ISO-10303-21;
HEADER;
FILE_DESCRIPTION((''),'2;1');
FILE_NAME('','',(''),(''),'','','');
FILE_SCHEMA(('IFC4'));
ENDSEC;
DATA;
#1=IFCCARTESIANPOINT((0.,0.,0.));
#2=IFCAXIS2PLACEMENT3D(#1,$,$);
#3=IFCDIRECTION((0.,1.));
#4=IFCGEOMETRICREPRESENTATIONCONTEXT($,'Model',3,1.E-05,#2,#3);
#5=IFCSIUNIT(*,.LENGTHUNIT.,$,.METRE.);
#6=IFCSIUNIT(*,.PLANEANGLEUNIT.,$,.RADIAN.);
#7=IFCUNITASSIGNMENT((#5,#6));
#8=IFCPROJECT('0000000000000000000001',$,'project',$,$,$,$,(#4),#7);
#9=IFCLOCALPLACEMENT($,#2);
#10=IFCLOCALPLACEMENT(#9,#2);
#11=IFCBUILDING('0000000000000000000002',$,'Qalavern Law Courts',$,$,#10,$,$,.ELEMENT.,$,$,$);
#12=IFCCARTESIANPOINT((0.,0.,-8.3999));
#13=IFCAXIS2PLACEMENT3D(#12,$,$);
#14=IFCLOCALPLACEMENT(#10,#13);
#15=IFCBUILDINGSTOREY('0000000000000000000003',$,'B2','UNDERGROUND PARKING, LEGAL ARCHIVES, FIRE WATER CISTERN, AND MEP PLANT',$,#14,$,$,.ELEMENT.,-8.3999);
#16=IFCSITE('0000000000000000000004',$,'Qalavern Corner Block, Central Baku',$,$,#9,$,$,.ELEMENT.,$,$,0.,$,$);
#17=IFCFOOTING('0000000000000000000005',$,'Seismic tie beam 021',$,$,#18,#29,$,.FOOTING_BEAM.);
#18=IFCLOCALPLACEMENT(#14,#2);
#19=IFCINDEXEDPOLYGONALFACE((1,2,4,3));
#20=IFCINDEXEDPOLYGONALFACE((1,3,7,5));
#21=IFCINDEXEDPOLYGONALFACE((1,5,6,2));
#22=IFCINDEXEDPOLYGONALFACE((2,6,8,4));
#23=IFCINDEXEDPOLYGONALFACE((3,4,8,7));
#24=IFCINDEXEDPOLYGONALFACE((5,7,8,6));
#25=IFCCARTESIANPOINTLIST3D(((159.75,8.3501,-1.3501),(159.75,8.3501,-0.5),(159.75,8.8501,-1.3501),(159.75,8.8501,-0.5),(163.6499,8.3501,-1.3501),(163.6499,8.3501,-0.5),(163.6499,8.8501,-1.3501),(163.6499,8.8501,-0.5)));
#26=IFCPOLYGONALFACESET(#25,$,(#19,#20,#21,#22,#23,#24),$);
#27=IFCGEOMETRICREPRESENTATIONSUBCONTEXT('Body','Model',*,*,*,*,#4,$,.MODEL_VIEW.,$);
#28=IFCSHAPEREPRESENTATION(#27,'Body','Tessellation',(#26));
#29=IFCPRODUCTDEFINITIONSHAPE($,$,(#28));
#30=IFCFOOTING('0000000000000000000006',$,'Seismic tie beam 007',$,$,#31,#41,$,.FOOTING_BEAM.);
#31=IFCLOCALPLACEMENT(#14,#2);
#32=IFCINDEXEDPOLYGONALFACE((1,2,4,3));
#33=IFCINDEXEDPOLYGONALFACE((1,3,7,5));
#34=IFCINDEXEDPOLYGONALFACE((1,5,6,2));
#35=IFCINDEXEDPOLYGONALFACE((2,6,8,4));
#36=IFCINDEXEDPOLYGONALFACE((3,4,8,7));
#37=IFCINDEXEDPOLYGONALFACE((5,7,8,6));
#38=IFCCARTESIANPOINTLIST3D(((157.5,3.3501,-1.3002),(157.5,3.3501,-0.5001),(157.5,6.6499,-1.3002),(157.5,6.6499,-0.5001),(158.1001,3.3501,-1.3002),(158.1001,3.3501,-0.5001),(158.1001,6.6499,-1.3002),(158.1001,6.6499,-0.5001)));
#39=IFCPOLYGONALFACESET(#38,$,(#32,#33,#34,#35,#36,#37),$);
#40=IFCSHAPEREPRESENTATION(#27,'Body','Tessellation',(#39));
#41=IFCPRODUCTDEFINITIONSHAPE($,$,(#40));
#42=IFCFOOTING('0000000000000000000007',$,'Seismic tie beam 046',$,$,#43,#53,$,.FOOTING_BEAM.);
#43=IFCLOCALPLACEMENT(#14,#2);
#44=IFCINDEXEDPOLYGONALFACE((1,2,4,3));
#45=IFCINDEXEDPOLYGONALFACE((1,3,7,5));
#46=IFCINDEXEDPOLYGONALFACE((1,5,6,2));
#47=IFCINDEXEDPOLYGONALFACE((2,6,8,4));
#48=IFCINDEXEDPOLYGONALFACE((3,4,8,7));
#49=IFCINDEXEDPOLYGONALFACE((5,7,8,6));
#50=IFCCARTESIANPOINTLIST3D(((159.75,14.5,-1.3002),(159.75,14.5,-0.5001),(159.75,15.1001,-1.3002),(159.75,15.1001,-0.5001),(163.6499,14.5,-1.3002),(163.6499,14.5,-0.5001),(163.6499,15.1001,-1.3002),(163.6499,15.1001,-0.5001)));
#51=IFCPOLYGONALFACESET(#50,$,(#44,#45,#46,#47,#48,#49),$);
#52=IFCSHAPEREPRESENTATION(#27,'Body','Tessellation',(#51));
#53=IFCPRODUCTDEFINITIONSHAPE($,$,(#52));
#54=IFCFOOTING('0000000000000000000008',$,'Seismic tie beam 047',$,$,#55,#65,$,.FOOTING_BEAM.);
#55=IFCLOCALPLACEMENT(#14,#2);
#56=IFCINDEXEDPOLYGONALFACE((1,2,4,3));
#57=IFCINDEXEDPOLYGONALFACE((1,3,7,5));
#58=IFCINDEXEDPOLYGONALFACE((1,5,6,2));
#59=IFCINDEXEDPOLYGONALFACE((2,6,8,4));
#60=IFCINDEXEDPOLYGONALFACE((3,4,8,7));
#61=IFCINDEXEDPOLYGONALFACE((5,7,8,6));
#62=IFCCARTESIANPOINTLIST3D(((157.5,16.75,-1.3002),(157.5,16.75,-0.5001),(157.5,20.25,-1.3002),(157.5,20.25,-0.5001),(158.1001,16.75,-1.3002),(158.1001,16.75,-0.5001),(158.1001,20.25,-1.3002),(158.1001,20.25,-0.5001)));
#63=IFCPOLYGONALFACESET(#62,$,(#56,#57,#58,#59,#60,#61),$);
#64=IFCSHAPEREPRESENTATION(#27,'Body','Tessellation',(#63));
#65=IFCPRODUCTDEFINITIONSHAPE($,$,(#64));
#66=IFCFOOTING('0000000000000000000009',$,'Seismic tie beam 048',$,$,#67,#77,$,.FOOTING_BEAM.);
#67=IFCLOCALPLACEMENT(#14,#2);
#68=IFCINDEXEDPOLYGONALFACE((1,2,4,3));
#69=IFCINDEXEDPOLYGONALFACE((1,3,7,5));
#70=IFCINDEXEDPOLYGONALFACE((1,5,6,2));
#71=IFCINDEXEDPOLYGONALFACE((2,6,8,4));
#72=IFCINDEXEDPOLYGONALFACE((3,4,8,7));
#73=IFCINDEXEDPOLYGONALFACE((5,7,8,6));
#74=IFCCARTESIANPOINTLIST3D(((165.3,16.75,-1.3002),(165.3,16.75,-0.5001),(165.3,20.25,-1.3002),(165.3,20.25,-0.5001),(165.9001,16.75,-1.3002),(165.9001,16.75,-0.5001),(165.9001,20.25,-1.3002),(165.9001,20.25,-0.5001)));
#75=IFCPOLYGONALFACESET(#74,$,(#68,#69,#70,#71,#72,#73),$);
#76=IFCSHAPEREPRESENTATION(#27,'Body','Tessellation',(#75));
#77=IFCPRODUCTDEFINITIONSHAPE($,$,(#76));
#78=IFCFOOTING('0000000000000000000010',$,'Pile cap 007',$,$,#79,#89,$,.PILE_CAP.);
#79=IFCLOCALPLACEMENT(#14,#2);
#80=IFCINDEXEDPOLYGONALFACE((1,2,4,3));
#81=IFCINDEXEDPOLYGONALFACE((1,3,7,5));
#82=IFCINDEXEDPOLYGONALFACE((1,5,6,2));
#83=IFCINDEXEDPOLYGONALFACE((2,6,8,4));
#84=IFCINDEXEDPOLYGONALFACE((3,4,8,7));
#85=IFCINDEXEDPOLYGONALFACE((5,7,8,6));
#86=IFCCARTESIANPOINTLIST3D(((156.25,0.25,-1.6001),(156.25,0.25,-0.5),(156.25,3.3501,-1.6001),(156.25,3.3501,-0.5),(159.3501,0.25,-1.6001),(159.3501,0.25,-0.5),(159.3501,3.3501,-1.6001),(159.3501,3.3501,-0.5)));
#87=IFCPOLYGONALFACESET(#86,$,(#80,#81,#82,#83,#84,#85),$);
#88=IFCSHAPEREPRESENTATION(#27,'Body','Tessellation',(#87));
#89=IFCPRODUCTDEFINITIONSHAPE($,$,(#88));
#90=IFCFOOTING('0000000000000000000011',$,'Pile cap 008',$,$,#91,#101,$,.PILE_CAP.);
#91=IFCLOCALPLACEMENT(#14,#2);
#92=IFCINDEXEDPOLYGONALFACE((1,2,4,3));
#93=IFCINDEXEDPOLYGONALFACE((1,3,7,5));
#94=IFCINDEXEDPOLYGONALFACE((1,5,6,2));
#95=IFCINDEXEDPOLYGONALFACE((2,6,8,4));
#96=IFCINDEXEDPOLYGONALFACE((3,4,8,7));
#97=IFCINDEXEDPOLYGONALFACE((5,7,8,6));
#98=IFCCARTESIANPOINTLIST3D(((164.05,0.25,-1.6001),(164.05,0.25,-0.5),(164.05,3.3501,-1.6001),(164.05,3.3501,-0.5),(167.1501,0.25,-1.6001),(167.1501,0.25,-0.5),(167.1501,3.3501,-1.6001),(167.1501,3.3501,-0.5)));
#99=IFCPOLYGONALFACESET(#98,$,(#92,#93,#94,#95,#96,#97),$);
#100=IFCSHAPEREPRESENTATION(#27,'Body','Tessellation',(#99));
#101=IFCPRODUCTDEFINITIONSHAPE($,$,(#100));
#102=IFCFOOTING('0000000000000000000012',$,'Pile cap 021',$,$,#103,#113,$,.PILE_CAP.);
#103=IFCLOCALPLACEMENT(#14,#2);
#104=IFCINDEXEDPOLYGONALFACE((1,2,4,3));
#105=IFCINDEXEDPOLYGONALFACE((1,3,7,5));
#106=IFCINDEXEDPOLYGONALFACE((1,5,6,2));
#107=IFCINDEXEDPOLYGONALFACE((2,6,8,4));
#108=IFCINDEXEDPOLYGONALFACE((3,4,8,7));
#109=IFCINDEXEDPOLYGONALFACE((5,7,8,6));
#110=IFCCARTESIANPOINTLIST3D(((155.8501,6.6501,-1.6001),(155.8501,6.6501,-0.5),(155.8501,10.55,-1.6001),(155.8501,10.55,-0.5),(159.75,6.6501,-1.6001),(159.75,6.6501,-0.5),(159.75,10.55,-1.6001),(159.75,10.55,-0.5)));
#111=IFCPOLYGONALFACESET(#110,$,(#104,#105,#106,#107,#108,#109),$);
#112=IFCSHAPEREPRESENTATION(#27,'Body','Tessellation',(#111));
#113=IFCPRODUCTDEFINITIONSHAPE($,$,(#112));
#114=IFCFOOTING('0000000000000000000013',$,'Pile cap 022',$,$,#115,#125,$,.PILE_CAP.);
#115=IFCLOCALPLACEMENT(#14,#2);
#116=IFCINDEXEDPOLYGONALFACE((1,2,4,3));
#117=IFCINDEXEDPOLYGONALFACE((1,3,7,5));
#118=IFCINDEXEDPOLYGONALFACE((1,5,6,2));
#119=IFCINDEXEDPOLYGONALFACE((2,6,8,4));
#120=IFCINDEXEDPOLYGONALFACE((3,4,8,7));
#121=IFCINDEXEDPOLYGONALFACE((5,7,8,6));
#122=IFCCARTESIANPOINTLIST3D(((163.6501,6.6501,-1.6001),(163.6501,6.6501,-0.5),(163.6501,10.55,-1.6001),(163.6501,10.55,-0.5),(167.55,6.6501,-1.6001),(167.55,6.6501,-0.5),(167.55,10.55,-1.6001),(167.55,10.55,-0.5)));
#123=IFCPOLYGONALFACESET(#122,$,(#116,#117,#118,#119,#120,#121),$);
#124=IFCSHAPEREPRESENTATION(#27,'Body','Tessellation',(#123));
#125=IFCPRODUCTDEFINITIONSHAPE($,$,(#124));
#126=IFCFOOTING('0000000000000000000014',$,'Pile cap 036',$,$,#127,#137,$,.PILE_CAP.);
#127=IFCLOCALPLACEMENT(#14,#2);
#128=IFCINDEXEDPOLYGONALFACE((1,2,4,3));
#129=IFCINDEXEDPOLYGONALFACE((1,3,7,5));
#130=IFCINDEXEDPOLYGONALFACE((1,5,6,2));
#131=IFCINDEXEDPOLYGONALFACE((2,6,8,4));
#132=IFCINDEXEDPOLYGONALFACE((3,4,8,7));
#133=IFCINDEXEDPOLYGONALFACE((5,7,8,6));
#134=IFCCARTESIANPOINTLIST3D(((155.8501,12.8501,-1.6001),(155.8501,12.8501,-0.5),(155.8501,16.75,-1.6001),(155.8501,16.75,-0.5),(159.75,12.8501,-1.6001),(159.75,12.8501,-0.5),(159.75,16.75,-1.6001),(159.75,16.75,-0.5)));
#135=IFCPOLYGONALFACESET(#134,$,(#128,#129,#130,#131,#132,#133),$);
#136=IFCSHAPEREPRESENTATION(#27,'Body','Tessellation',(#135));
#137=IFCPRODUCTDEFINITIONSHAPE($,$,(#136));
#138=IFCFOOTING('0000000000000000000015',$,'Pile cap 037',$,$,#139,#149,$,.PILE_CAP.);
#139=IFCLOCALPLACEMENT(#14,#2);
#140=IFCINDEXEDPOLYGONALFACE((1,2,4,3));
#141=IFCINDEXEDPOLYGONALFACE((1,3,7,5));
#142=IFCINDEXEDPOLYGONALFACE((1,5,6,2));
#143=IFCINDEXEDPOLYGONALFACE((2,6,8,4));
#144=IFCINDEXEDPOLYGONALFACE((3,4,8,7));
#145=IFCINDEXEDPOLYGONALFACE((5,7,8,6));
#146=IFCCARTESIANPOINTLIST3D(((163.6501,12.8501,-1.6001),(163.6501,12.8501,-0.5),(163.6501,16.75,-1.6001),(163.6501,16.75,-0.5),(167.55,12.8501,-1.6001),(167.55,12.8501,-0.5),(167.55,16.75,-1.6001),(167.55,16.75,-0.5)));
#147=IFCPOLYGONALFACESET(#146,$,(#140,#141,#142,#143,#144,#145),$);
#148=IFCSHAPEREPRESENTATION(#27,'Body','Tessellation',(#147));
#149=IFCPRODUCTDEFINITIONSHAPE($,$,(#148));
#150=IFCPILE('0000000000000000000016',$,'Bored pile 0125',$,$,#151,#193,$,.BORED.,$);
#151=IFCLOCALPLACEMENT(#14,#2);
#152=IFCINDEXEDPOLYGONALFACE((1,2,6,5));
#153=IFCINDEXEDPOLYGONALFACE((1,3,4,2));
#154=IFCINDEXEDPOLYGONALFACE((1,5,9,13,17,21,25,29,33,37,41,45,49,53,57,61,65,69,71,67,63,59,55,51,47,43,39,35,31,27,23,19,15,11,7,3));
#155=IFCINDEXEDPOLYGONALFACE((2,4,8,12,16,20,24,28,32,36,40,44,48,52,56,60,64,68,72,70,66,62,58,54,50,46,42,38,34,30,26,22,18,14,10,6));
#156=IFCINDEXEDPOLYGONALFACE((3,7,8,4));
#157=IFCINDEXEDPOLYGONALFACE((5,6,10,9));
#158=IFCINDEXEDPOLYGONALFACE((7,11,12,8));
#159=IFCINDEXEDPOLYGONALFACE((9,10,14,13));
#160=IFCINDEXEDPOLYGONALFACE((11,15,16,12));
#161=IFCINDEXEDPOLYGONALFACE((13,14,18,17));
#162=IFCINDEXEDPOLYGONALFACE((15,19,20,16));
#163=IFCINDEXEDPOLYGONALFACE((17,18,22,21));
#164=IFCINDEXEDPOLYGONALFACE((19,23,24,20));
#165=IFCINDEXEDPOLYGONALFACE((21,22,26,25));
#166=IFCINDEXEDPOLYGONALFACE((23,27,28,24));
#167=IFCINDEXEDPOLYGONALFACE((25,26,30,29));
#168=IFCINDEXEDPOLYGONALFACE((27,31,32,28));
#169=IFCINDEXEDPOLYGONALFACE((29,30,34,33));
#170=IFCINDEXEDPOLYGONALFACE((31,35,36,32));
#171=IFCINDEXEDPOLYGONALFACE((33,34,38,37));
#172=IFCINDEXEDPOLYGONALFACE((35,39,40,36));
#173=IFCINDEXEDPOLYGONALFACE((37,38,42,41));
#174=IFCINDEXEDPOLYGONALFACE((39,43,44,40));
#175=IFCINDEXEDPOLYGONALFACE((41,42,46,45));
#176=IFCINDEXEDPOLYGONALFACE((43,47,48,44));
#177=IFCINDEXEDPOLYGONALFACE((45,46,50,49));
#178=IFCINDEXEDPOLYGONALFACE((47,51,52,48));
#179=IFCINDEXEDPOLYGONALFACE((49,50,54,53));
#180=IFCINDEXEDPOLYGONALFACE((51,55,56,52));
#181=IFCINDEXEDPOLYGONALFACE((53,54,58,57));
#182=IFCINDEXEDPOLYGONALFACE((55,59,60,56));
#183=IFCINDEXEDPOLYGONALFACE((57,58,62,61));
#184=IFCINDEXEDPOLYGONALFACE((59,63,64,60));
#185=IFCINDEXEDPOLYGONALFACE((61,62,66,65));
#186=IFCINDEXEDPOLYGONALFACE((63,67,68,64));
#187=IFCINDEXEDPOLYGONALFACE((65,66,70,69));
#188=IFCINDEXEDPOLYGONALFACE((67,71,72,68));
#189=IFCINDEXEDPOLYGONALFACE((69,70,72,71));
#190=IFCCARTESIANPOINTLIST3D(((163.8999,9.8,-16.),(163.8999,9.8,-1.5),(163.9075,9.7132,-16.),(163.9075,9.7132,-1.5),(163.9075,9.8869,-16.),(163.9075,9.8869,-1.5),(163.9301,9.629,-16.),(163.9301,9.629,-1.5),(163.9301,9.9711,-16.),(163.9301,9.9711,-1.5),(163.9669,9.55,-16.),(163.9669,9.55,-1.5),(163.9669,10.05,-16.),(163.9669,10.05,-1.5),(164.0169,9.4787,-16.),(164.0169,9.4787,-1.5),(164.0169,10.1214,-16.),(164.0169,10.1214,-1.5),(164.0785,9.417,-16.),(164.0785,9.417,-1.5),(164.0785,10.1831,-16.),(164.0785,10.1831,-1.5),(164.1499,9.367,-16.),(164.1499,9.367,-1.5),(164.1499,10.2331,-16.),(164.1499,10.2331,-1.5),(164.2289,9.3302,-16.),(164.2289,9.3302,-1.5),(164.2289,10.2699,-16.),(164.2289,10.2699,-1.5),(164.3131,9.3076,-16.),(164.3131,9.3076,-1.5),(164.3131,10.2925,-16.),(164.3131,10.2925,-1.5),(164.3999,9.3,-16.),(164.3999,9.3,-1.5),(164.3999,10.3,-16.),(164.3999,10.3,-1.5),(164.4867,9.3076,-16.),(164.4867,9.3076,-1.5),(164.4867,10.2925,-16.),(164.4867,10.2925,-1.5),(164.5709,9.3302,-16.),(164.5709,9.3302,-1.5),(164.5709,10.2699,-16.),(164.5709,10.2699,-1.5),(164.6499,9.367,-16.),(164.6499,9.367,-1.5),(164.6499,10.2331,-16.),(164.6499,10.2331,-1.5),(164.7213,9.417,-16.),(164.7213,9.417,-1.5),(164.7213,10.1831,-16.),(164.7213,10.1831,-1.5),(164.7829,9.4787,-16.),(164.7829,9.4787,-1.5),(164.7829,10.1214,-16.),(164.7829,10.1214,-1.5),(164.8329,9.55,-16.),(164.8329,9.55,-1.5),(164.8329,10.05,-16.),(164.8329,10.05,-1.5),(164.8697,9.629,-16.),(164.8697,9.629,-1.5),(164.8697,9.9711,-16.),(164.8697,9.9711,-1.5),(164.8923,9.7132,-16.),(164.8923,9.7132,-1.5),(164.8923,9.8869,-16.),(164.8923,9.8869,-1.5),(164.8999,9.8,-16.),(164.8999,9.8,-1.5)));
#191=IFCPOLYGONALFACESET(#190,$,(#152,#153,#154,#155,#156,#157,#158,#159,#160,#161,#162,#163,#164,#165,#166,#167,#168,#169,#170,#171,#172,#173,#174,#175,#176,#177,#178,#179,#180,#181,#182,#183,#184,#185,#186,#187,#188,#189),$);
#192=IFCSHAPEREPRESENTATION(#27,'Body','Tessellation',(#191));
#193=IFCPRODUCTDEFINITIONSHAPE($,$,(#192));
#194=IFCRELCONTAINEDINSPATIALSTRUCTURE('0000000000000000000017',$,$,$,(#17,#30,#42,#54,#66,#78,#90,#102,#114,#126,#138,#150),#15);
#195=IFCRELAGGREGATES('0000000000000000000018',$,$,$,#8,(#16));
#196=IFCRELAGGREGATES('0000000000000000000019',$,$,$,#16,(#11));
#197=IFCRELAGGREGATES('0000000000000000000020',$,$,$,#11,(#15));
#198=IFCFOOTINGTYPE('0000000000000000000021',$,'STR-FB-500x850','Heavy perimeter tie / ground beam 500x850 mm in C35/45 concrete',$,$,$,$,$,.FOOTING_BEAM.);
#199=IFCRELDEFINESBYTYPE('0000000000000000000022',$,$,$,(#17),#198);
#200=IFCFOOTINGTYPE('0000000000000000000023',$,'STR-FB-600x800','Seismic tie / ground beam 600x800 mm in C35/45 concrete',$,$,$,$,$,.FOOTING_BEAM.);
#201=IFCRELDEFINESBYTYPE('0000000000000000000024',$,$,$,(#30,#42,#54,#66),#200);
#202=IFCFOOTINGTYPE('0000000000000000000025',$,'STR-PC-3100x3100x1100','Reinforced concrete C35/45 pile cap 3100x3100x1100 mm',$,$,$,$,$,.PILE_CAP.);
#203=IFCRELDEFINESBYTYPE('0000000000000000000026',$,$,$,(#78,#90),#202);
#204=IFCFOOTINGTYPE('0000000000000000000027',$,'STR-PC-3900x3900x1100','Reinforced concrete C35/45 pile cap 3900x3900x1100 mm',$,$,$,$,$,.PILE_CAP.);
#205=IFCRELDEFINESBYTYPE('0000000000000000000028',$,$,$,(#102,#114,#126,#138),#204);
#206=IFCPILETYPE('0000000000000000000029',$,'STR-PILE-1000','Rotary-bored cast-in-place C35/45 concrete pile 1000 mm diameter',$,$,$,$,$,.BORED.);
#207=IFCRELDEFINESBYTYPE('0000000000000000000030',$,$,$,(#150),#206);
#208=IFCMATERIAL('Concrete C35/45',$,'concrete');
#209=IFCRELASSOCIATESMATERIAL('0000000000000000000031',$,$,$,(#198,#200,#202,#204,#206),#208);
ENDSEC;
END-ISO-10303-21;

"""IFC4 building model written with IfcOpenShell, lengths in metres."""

from ifc_helpers import new_model, si_unit, direction, frame, origin, origin_2d, place, context, subcontext, project, spatial, rectangle, circle, extrude, material, material_profile, profile_set, type_object, element, save


model = new_model("IFC4")

# Units and contexts
model_context = context("Model", 3, precision=1e-05, world=origin(), true_north=direction((0.0, 1.0)))
body_context = subcontext(model_context, "Body", "Model", "MODEL_VIEW")
ifc_project = project(units=[si_unit("LENGTHUNIT", "METRE"), si_unit("PLANEANGLEUNIT", "RADIAN")], contexts=[model_context])

# Site, building, storey
site_placement = place(None, origin())
site = spatial("IfcSite", under=ifc_project, at=site_placement, Name="Qalavern Corner Block, Central Baku", CompositionType="ELEMENT", RefElevation=0.0)
building_placement = place(site_placement, origin())
building = spatial("IfcBuilding", under=site, at=building_placement, Name="Qalavern Law Courts", CompositionType="ELEMENT")
storey_placement = place(building_placement, frame((0.0, 0.0, -8.3999)))
storey = spatial("IfcBuildingStorey", under=building, at=storey_placement, Name="B2", Description="UNDERGROUND PARKING, LEGAL ARCHIVES, FIRE WATER CISTERN, AND MEP PLANT", CompositionType="ELEMENT", Elevation=-8.3999)

# Footings
ifc_material_1 = material(Name="Concrete C35/45", Category="concrete")
ifc_material_profile_1 = material_profile(ifc_material_1, rectangle(XDim=0.5, YDim=0.8501, at=origin_2d()), Name="RC 500x850")
ifc_profile_set_1 = profile_set([ifc_material_profile_1], Name="Concrete C35/45")
footing_type_1 = type_object("IfcFootingType", Name="STR-FB-500x850", Description="Heavy perimeter tie / ground beam 500x850 mm in C35/45 concrete", PredefinedType="FOOTING_BEAM", material=ifc_profile_set_1)
footing_1_placement = place(storey_placement, frame((159.75, 8.6001, -0.925), z_axis=(1.0, 0.0, 0.0), x_axis=(0.0, 1.0, 0.0)))
element("IfcFooting", 1, at=footing_1_placement, inside=storey, type_object=footing_type_1, Name="Seismic tie beam 021", PredefinedType="FOOTING_BEAM", context=body_context, shape_type="SweptSolid", body=[
    extrude(rectangle(XDim=0.5, YDim=0.8501, at=origin_2d()), origin(), (0.0, 0.0, 1.0), 3.8999),
])
ifc_material_profile_2 = material_profile(ifc_material_1, rectangle(XDim=0.6001, YDim=0.8, at=origin_2d()), Name="RC 600x800")
ifc_profile_set_2 = profile_set([ifc_material_profile_2], Name="Concrete C35/45")
footing_type_2 = type_object("IfcFootingType", Name="STR-FB-600x800", Description="Seismic tie / ground beam 600x800 mm in C35/45 concrete", PredefinedType="FOOTING_BEAM", material=ifc_profile_set_2)
footing_2_placement = place(storey_placement, frame((157.8, 3.3501, -0.9001), z_axis=(0.0, 1.0, 0.0), x_axis=(-1.0, 0.0, 0.0)))
element("IfcFooting", 2, at=footing_2_placement, inside=storey, type_object=footing_type_2, Name="Seismic tie beam 007", PredefinedType="FOOTING_BEAM", context=body_context, shape_type="SweptSolid", body=[
    extrude(rectangle(XDim=0.6001, YDim=0.8, at=origin_2d()), origin(), (0.0, 0.0, 1.0), 3.2998),
])
footing_3_placement = place(storey_placement, frame((159.75, 14.8, -0.9001), z_axis=(1.0, 0.0, 0.0), x_axis=(0.0, 1.0, 0.0)))
element("IfcFooting", 3, at=footing_3_placement, inside=storey, type_object=footing_type_2, Name="Seismic tie beam 046", PredefinedType="FOOTING_BEAM", context=body_context, shape_type="SweptSolid", body=[
    extrude(rectangle(XDim=0.6001, YDim=0.8, at=origin_2d()), origin(), (0.0, 0.0, 1.0), 3.8999),
])
for number, where, z_axis, x_axis, name in (
    (4, (157.8, 16.75, -0.9001), (0.0, 1.0, 0.0), (-1.0, 0.0, 0.0), "Seismic tie beam 047"),
    (5, (165.6001, 16.75, -0.9001), (0.0, 1.0, 0.0), (-1.0, 0.0, 0.0), "Seismic tie beam 048"),
):
    element("IfcFooting", number, at=place(storey_placement, frame(where, z_axis=z_axis, x_axis=x_axis)), inside=storey, type_object=footing_type_2, Name=name, PredefinedType="FOOTING_BEAM", context=body_context, shape_type="SweptSolid", body=[
        extrude(rectangle(XDim=0.6001, YDim=0.8, at=origin_2d()), origin(), (0.0, 0.0, 1.0), 3.5),
    ])
footing_type_3 = type_object("IfcFootingType", Name="STR-PC-3100x3100x1100", Description="Reinforced concrete C35/45 pile cap 3100x3100x1100 mm", PredefinedType="PILE_CAP", material=ifc_material_1)
for number, where, z_axis, x_axis, name in (
    (6, (157.8, 1.8, -1.6001), (0.0, 0.0, 1.0), (1.0, 0.0, 0.0), "Pile cap 007"),
    (7, (165.6001, 1.8, -1.6001), (0.0, 0.0, 1.0), (1.0, 0.0, 0.0), "Pile cap 008"),
):
    element("IfcFooting", number, at=place(storey_placement, frame(where, z_axis=z_axis, x_axis=x_axis)), inside=storey, type_object=footing_type_3, Name=name, PredefinedType="PILE_CAP", context=body_context, shape_type="SweptSolid", body=[
        extrude(rectangle(XDim=3.1001, YDim=3.1001, at=origin_2d()), origin(), (0.0, 0.0, 1.0), 1.1001),
    ])
footing_type_4 = type_object("IfcFootingType", Name="STR-PC-3900x3900x1100", Description="Reinforced concrete C35/45 pile cap 3900x3900x1100 mm", PredefinedType="PILE_CAP", material=ifc_material_1)
for number, where, z_axis, x_axis, name in (
    (8, (157.8, 8.6001, -1.6001), (0.0, 0.0, 1.0), (1.0, 0.0, 0.0), "Pile cap 021"),
    (9, (165.6001, 8.6001, -1.6001), (0.0, 0.0, 1.0), (1.0, 0.0, 0.0), "Pile cap 022"),
    (10, (157.8, 14.8, -1.6001), (0.0, 0.0, 1.0), (1.0, 0.0, 0.0), "Pile cap 036"),
    (11, (165.6001, 14.8, -1.6001), (0.0, 0.0, 1.0), (1.0, 0.0, 0.0), "Pile cap 037"),
):
    element("IfcFooting", number, at=place(storey_placement, frame(where, z_axis=z_axis, x_axis=x_axis)), inside=storey, type_object=footing_type_4, Name=name, PredefinedType="PILE_CAP", context=body_context, shape_type="SweptSolid", body=[
        extrude(rectangle(XDim=3.8999, YDim=3.8999, at=origin_2d()), origin(), (0.0, 0.0, 1.0), 1.1001),
    ])

# Pile
ifc_material_profile_3 = material_profile(ifc_material_1, circle(Radius=0.5, at=origin_2d()), Name="BORED PILE 1000")
ifc_profile_set_3 = profile_set([ifc_material_profile_3], Name="Concrete C35/45")
pile_type_1 = type_object("IfcPileType", Name="STR-PILE-1000", Description="Rotary-bored cast-in-place C35/45 concrete pile 1000 mm diameter", PredefinedType="BORED", material=ifc_profile_set_3)
for number, where, z_axis, x_axis, name in (
    (12, (164.3999, 9.8, -1.5), (0.0, 0.0, -1.0), (1.0, 0.0, 0.0), "Bored pile 0125"),
):
    element("IfcPile", number, at=place(storey_placement, frame(where, z_axis=z_axis, x_axis=x_axis)), inside=storey, type_object=pile_type_1, Name=name, PredefinedType="BORED", context=body_context, shape_type="SweptSolid", body=[
        extrude(circle(Radius=0.5, at=origin_2d()), origin(), (0.0, 0.0, 1.0), 14.5),
    ])

save(model, "model.ifc")
